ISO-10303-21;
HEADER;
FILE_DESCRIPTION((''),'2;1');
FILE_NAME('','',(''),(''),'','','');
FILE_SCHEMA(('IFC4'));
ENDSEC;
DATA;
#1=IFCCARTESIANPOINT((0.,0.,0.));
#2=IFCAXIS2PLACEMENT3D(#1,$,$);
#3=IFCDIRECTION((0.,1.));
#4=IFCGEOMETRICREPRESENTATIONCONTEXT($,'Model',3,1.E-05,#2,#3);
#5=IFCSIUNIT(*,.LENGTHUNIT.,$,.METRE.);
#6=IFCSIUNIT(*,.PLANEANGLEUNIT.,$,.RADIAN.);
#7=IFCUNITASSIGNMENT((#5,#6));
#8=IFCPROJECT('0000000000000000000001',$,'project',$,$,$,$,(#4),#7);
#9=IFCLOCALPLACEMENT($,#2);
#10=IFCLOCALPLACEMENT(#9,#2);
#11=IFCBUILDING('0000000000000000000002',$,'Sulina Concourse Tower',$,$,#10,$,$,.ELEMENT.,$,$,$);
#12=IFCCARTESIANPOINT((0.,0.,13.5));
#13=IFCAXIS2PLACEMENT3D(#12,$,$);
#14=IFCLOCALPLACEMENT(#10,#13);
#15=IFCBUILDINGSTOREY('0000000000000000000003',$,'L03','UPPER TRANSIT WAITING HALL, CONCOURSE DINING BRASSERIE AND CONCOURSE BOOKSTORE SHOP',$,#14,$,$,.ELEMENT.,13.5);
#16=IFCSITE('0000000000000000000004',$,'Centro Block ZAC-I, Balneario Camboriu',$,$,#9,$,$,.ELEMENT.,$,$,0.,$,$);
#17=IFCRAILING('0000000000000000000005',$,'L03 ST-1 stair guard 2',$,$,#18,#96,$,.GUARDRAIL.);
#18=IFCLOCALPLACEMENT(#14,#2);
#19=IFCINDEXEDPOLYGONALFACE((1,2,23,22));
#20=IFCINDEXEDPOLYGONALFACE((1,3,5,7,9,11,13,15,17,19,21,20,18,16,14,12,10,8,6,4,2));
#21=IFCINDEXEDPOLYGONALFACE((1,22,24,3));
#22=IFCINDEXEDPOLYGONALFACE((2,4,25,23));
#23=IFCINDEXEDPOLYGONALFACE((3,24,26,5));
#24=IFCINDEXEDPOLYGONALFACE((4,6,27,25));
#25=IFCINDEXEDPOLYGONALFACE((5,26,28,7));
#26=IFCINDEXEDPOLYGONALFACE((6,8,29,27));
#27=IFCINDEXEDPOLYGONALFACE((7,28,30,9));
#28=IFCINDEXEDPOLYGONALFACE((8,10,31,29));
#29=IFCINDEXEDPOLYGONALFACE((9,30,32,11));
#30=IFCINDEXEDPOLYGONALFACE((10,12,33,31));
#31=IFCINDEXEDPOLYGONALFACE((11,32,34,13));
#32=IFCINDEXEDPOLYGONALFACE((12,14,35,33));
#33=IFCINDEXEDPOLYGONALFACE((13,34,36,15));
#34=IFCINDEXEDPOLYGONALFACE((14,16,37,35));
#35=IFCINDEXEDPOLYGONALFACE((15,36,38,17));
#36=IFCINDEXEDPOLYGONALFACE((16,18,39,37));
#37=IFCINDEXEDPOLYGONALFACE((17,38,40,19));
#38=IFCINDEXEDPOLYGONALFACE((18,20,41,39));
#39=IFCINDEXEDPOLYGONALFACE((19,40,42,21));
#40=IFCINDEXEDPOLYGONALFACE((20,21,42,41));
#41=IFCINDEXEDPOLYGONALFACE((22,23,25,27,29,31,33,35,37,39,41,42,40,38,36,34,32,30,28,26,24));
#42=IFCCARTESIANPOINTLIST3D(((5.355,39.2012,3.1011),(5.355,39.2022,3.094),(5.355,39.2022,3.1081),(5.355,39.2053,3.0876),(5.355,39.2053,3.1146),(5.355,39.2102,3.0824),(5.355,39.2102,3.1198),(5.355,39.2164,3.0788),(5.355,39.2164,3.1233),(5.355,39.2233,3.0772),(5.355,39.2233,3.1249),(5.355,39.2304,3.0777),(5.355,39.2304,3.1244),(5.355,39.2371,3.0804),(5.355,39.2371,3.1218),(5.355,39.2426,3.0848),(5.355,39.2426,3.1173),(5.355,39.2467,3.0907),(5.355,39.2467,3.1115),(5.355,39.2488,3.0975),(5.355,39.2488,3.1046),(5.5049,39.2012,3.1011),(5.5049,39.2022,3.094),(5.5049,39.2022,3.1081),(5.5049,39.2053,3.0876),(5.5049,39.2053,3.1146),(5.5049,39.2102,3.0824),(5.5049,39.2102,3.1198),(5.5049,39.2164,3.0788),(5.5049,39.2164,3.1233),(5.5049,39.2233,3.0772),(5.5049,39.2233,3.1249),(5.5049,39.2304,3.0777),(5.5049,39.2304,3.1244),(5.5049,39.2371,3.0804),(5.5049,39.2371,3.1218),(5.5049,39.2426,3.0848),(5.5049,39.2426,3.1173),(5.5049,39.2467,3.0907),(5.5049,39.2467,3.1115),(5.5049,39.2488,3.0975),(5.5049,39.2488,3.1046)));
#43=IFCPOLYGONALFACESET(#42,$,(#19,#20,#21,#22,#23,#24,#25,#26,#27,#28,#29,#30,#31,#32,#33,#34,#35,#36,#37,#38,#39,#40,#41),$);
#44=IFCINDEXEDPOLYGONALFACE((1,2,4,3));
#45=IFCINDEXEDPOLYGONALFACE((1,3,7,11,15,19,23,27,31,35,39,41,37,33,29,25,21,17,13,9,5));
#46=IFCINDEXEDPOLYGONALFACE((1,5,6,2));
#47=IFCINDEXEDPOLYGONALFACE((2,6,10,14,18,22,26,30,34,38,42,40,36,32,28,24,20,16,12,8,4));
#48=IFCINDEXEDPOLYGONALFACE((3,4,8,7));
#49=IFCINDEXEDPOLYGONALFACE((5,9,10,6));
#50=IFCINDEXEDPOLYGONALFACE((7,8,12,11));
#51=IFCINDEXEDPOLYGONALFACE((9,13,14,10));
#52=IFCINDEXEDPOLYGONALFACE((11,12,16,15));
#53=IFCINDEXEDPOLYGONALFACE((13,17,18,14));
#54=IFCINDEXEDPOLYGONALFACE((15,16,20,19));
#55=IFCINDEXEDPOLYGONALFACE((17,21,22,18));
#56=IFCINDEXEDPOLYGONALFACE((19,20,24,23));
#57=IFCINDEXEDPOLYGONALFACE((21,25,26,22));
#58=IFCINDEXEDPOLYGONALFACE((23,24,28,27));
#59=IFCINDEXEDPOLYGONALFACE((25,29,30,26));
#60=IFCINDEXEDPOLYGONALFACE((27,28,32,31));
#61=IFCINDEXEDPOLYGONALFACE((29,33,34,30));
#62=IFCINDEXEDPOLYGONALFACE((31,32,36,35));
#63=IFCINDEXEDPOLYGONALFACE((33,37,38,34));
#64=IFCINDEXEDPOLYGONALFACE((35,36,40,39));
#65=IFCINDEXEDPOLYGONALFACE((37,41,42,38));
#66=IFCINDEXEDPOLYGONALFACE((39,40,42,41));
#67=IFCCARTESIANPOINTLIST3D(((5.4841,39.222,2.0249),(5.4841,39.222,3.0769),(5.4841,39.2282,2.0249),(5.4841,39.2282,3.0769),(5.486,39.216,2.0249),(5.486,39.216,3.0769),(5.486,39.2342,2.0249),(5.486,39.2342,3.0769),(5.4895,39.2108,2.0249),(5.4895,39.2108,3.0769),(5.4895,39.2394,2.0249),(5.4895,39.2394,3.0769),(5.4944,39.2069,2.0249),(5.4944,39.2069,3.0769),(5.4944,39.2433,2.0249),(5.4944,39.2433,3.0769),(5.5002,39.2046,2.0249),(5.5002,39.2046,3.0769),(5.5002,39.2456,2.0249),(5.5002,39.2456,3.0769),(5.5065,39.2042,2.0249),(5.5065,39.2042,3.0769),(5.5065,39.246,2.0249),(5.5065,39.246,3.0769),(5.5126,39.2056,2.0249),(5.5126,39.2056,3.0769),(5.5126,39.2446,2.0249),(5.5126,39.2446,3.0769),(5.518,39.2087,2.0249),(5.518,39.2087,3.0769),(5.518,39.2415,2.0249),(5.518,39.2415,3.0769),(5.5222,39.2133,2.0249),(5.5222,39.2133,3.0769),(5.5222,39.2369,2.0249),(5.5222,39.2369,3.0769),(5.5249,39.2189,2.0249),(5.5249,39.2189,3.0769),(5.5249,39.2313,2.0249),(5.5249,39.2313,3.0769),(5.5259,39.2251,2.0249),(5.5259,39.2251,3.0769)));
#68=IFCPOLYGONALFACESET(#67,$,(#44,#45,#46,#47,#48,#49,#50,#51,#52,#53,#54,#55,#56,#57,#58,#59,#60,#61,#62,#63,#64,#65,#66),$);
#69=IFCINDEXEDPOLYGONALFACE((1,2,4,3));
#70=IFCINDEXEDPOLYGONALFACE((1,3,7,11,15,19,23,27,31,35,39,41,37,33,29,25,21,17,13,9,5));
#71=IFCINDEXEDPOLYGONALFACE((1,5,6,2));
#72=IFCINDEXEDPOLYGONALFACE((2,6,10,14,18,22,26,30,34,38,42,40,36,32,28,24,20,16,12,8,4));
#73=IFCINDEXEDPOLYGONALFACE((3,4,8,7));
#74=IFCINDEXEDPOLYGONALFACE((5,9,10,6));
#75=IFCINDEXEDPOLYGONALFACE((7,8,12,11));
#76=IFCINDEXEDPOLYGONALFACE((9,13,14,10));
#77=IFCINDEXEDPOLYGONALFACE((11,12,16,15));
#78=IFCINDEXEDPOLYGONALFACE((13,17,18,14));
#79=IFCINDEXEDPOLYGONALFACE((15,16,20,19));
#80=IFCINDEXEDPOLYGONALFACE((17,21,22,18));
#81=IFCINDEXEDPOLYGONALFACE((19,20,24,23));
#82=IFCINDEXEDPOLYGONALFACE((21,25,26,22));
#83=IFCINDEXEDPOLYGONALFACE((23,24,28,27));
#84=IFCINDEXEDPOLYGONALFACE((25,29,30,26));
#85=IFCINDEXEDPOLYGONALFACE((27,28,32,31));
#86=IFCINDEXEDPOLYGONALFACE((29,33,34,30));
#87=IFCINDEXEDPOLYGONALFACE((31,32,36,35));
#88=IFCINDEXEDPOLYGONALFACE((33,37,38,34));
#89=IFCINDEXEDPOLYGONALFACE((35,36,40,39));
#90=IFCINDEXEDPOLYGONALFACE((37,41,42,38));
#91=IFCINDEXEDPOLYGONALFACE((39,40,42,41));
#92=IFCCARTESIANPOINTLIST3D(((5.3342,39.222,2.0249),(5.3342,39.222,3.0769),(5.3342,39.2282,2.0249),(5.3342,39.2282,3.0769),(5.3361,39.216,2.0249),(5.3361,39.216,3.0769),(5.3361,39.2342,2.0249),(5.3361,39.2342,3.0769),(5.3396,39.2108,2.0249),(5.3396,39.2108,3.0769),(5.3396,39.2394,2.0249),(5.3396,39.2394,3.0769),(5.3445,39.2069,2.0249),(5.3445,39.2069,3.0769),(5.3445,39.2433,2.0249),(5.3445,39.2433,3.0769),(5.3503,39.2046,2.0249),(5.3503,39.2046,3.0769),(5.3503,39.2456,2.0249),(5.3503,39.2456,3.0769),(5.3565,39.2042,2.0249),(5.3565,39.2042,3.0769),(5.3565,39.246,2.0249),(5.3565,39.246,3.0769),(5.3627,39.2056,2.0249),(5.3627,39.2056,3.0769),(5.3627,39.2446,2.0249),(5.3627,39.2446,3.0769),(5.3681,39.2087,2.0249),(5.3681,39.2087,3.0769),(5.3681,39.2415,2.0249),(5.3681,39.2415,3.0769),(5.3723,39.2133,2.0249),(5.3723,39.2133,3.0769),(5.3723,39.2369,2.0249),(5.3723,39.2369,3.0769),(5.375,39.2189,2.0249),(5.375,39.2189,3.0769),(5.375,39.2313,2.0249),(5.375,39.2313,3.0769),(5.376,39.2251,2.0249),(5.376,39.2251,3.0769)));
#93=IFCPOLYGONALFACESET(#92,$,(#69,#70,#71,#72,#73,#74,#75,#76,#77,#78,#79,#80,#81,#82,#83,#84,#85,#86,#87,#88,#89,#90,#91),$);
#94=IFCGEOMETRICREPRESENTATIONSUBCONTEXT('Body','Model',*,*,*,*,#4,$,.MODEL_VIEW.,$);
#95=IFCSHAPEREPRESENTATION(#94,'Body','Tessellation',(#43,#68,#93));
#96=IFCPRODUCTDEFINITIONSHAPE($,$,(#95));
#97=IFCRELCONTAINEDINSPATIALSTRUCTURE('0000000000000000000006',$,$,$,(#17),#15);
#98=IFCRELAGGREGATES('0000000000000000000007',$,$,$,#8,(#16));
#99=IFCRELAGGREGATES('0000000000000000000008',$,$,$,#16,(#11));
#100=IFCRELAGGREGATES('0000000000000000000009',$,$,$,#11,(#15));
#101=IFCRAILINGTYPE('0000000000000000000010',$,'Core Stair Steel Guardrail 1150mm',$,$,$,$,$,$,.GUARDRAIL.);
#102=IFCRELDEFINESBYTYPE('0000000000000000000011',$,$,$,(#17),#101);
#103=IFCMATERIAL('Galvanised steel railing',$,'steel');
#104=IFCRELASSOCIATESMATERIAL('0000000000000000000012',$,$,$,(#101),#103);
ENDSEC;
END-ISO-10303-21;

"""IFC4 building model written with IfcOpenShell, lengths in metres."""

from ifc_helpers import new_model, si_unit, direction, frame, origin, origin_2d, place, context, subcontext, project, spatial, circle, extrude, material, type_object, element, save


model = new_model("IFC4")

# Units and contexts
model_context = context("Model", 3, precision=1e-05, world=origin(), true_north=direction((0.0, 1.0)))
body_context = subcontext(model_context, "Body", "Model", "MODEL_VIEW")
ifc_project = project(units=[si_unit("LENGTHUNIT", "METRE"), si_unit("PLANEANGLEUNIT", "RADIAN")], contexts=[model_context])

# Site, building, storey
site_placement = place(None, origin())
site = spatial("IfcSite", under=ifc_project, at=site_placement, Name="Centro Block ZAC-I, Balneario Camboriu", CompositionType="ELEMENT", RefElevation=0.0)
building_placement = place(site_placement, origin())
building = spatial("IfcBuilding", under=site, at=building_placement, Name="Sulina Concourse Tower", CompositionType="ELEMENT")
storey_placement = place(building_placement, frame((0.0, 0.0, 13.5)))
storey = spatial("IfcBuildingStorey", under=building, at=storey_placement, Name="L03", Description="UPPER TRANSIT WAITING HALL, CONCOURSE DINING BRASSERIE AND CONCOURSE BOOKSTORE SHOP", CompositionType="ELEMENT", Elevation=13.5)

# Railing
ifc_material_1 = material(Name="Galvanised steel railing", Category="steel")
railing_type_1 = type_object("IfcRailingType", Name="Core Stair Steel Guardrail 1150mm", PredefinedType="GUARDRAIL", material=ifc_material_1)
railing_1_placement = place(storey_placement, frame((5.5049, 39.2251, 2.0249)))
element("IfcRailing", 1, at=railing_1_placement, inside=storey, type_object=railing_type_1, Name="L03 ST-1 stair guard 2", PredefinedType="GUARDRAIL", context=body_context, shape_type="SweptSolid", body=[
    extrude(circle(Radius=0.0239, at=origin_2d()), frame((0.0, 0.0, 1.0762), z_axis=(-1.0, 0.0, 0.0), x_axis=(0.0, -1.0, 0.0)), (0.0, 0.0, 1.0), 0.1499),
    extrude(circle(Radius=0.021, at=origin_2d()), origin(), (0.0, 0.0, 1.0), 1.052),
    extrude(circle(Radius=0.021, at=origin_2d()), frame((-0.1499, 0.0, 0.0)), (0.0, 0.0, 1.0), 1.052),
])

save(model, "model.ifc")
